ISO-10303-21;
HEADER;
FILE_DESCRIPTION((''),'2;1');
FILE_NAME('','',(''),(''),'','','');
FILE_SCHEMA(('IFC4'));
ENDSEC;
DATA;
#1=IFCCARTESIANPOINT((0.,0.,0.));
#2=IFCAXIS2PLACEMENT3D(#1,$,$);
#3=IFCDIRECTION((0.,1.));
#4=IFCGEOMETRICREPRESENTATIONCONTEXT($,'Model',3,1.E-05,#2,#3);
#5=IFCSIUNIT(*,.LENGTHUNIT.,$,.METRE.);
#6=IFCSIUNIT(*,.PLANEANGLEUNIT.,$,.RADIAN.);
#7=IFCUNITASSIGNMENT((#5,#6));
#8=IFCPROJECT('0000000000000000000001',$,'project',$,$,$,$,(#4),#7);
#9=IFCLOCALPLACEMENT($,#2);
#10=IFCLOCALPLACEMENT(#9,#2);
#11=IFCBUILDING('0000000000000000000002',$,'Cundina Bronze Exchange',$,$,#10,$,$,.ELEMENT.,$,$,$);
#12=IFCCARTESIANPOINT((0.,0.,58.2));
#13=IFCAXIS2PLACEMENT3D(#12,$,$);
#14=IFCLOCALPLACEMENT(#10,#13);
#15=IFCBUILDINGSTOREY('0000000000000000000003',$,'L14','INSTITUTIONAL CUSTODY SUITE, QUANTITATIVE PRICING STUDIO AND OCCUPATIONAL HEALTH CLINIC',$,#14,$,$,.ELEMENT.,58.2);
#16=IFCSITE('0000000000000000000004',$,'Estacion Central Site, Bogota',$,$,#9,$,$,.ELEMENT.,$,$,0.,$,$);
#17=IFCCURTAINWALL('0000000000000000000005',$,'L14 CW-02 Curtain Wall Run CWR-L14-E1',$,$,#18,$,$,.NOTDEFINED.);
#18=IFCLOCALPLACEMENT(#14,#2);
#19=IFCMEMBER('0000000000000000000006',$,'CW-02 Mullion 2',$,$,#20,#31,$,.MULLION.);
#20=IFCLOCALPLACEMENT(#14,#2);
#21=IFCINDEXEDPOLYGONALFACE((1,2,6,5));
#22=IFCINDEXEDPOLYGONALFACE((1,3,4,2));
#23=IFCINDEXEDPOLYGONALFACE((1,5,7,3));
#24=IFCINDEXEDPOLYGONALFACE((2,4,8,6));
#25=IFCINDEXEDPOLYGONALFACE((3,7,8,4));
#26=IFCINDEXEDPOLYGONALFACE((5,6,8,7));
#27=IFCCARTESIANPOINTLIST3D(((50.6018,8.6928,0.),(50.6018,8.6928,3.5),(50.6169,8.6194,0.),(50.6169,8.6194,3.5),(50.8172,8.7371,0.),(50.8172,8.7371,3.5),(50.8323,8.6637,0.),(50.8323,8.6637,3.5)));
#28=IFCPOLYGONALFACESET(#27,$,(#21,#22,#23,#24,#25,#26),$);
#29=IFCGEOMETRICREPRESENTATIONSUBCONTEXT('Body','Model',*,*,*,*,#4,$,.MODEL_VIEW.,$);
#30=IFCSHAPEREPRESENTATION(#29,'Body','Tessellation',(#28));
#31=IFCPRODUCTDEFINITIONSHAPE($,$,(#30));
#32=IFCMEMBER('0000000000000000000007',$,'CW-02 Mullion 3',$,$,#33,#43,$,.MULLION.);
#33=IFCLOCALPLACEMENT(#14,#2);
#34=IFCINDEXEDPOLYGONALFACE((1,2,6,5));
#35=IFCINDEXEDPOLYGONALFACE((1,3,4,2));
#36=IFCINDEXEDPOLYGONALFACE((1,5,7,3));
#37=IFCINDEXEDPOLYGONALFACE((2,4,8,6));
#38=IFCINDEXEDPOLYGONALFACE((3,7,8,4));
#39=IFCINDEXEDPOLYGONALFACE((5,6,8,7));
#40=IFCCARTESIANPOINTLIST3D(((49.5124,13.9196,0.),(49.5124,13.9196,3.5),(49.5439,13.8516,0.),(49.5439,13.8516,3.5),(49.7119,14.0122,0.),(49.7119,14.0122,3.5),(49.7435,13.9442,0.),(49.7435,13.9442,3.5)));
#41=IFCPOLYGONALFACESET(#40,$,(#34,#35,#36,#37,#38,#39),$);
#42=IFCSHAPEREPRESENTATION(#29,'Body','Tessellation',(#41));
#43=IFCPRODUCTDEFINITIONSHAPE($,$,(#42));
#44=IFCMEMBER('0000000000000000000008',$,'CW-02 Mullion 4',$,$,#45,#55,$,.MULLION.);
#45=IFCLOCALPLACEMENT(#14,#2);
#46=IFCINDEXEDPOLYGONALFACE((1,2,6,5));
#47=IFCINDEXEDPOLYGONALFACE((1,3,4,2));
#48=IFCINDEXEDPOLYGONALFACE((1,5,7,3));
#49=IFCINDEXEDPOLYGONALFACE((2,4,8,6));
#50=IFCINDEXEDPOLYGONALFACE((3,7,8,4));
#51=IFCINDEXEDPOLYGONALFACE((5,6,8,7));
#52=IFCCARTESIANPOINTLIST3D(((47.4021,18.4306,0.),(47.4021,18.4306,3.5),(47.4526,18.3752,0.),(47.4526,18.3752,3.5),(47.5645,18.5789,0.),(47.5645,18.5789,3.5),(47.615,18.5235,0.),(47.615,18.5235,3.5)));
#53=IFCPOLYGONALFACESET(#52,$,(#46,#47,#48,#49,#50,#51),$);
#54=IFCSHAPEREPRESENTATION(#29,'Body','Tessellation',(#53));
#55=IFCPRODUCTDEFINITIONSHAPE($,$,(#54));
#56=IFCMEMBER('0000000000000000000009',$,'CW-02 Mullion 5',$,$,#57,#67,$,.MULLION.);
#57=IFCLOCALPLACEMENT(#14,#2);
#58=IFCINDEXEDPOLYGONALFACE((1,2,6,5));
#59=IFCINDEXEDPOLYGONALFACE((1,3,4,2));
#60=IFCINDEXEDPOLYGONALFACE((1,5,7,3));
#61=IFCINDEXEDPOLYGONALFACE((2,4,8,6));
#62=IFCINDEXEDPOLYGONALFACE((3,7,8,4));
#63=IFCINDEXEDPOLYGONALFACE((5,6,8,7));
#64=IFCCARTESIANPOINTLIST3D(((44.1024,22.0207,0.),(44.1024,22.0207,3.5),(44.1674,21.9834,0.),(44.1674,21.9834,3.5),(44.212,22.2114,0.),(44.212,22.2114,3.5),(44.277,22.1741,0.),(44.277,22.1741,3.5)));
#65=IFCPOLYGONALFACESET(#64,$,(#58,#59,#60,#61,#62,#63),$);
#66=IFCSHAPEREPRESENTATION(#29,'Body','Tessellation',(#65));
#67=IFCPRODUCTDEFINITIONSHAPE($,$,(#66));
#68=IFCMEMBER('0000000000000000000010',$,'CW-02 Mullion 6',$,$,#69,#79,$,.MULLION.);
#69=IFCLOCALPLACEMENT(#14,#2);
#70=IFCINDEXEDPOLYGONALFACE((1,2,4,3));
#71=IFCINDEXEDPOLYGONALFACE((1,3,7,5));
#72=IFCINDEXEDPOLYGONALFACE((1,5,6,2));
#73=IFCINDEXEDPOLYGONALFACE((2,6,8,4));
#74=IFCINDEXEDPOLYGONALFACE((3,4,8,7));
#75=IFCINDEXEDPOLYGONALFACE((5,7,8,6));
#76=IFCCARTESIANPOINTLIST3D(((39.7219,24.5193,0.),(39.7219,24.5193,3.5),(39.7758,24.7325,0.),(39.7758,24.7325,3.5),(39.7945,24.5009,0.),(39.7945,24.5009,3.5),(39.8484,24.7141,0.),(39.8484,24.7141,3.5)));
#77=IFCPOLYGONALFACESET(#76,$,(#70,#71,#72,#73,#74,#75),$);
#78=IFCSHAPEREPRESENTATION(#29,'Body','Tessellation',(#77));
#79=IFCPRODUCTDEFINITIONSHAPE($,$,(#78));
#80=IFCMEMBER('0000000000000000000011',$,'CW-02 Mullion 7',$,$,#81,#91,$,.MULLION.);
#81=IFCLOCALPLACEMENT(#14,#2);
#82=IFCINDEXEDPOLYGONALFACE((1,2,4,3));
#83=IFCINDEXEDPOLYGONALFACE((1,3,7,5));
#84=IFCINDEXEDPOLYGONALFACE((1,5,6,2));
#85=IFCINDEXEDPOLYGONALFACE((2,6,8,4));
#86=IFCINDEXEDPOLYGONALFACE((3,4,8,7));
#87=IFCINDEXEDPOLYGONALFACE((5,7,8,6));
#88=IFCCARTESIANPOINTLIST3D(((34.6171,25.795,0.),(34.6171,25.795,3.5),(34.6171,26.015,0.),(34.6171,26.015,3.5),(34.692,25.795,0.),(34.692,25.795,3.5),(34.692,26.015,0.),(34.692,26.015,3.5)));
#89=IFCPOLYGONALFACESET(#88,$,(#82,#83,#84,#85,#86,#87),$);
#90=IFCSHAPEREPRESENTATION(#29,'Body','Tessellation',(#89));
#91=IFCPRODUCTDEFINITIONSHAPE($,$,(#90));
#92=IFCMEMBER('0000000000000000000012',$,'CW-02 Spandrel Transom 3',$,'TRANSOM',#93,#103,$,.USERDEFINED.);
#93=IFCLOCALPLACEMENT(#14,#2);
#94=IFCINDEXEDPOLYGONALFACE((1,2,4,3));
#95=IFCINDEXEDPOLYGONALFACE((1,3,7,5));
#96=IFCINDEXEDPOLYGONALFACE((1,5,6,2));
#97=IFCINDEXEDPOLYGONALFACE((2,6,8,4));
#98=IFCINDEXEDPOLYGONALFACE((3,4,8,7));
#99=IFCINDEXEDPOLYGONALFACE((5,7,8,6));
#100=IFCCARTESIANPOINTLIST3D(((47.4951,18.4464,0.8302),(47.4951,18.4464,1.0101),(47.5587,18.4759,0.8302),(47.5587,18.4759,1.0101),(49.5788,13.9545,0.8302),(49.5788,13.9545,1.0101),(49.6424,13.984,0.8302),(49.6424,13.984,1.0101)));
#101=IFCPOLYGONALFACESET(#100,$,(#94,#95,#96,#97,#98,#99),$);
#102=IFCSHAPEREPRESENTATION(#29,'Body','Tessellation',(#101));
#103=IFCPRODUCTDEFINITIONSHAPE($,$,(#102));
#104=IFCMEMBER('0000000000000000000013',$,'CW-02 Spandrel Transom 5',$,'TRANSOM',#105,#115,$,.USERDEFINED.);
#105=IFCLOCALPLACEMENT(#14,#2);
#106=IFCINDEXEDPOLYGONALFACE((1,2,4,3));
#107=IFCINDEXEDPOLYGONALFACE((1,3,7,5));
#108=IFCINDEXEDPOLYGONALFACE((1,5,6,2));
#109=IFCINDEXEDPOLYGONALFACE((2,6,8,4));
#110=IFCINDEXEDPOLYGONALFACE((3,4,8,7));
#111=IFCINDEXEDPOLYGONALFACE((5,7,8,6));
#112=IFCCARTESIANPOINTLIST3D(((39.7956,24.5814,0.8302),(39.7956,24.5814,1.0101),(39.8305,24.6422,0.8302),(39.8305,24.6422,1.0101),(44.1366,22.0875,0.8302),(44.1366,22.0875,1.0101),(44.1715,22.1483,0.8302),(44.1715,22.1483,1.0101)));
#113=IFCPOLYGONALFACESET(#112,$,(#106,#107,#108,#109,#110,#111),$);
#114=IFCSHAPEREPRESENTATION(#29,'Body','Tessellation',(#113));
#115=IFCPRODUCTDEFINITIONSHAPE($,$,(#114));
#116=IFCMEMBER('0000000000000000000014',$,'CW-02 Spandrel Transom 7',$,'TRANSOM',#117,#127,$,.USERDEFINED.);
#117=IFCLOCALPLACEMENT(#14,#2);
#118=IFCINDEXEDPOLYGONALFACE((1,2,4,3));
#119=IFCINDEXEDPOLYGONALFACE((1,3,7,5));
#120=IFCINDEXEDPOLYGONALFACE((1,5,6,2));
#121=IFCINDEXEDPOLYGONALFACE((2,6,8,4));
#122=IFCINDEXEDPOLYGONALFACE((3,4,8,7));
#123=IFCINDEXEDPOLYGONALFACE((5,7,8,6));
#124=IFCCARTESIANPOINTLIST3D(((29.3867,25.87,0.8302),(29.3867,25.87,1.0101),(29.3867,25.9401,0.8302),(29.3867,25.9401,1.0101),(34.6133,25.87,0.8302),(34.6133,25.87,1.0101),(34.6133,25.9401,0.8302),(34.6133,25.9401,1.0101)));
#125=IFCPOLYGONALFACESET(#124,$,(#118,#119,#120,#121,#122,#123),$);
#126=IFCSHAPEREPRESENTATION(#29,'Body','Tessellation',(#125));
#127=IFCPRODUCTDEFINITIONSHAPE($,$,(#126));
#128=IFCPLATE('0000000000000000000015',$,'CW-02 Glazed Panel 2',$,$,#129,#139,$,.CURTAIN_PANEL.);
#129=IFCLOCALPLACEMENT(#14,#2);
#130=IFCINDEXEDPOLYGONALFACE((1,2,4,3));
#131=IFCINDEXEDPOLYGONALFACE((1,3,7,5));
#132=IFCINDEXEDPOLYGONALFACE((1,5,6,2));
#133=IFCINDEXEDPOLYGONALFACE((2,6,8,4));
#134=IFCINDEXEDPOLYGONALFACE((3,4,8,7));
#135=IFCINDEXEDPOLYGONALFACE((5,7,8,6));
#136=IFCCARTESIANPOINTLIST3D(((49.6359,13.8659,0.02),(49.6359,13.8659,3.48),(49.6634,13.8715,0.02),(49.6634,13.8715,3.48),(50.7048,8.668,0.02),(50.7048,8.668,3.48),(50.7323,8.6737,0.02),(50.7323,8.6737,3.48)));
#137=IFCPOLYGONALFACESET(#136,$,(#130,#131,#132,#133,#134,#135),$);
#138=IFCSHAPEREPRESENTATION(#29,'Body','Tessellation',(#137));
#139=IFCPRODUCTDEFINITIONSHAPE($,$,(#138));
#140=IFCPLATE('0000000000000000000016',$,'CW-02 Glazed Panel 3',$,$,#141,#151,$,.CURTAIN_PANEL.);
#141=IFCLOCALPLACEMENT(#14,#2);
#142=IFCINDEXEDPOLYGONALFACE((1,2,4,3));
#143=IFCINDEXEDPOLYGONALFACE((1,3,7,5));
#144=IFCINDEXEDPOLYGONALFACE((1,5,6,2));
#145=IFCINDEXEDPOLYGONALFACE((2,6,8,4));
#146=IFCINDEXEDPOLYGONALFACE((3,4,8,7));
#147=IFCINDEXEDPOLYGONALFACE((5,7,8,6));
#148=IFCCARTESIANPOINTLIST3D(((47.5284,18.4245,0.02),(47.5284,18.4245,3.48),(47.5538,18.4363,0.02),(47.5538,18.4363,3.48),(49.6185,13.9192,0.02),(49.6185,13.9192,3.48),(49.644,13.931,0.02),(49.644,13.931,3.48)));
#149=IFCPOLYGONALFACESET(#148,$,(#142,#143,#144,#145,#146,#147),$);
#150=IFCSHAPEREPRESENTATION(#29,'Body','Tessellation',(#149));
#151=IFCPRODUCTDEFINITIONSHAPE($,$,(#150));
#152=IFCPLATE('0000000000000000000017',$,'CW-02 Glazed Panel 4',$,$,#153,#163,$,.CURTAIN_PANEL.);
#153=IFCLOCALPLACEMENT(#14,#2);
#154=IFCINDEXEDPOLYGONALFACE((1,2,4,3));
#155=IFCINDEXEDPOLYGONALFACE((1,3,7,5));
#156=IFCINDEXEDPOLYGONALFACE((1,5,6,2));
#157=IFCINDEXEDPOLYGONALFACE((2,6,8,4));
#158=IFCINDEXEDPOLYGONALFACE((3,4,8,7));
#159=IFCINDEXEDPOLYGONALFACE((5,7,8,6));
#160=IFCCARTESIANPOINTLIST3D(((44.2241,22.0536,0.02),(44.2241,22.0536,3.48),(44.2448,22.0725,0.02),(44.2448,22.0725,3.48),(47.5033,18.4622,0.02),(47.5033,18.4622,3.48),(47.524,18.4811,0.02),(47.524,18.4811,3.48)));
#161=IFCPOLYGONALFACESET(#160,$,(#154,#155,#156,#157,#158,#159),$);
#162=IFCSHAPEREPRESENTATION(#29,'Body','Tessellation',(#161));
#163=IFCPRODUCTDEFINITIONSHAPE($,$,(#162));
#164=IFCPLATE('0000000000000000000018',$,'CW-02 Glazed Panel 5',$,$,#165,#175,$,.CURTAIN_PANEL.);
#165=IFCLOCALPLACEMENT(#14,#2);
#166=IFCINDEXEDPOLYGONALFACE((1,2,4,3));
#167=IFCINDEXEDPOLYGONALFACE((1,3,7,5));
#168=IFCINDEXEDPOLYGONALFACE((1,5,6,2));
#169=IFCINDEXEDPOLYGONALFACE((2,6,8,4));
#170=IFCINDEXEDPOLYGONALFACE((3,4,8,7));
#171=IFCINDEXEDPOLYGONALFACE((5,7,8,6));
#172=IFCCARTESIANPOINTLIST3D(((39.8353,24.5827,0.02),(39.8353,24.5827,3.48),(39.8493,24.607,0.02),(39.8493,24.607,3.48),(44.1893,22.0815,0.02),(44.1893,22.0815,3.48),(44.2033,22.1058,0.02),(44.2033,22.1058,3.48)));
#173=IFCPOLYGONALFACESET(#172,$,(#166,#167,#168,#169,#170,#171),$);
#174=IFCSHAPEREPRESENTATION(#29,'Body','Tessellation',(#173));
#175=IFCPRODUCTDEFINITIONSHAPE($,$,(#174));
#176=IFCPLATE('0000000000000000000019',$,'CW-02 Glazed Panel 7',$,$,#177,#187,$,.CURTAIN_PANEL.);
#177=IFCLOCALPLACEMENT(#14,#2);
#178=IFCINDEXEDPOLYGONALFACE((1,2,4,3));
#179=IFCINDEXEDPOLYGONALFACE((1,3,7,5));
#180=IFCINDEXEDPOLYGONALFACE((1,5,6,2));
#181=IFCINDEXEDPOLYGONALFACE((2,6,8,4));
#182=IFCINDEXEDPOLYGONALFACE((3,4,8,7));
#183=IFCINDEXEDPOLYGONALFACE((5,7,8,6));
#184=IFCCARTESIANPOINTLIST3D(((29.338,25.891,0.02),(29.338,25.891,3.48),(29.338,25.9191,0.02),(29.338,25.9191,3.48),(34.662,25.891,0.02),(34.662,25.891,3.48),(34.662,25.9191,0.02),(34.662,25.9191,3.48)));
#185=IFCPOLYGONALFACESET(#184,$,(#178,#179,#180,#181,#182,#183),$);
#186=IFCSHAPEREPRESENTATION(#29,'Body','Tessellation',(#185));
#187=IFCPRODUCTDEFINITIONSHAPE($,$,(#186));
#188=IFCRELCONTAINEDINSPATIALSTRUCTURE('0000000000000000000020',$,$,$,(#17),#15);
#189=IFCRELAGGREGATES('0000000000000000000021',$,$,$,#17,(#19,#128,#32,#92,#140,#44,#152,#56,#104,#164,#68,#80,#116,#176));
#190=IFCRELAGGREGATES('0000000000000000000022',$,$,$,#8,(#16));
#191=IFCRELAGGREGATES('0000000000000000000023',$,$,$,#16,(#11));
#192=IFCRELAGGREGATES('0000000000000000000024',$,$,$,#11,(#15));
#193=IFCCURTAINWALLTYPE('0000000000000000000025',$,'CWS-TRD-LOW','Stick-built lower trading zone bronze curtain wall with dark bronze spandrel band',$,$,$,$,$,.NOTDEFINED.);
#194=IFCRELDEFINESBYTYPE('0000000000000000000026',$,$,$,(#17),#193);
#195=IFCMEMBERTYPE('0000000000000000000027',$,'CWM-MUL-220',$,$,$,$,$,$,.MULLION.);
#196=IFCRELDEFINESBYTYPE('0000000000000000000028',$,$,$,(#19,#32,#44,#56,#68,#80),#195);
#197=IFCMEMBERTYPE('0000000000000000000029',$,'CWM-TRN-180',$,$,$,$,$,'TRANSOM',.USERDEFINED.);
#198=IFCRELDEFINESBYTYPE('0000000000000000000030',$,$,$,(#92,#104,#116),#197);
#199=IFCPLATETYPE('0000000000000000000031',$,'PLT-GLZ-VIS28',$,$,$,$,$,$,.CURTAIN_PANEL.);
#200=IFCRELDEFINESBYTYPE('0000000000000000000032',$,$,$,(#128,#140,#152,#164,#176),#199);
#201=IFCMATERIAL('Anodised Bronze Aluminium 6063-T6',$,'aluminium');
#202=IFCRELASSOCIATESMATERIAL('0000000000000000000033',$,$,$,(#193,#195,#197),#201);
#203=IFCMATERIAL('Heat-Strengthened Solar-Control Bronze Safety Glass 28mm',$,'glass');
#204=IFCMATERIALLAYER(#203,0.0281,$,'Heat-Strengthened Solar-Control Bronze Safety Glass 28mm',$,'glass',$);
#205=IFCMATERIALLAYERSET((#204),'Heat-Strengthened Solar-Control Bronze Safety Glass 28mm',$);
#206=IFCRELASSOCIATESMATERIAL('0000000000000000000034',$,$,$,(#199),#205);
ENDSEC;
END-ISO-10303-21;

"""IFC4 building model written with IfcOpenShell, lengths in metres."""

from ifc_helpers import new_model, si_unit, direction, frame, origin, origin_2d, place, context, subcontext, project, spatial, rectangle, extrude, material, layer, layer_set, material_profile, profile_set, type_object, element, aggregate, save


model = new_model("IFC4")

# Units and contexts
model_context = context("Model", 3, precision=1e-05, world=origin(), true_north=direction((0.0, 1.0)))
body_context = subcontext(model_context, "Body", "Model", "MODEL_VIEW")
ifc_project = project(units=[si_unit("LENGTHUNIT", "METRE"), si_unit("PLANEANGLEUNIT", "RADIAN")], contexts=[model_context])

# Site, building, storey
site_placement = place(None, origin())
site = spatial("IfcSite", under=ifc_project, at=site_placement, Name="Estacion Central Site, Bogota", CompositionType="ELEMENT", RefElevation=0.0)
building_placement = place(site_placement, origin())
building = spatial("IfcBuilding", under=site, at=building_placement, Name="Cundina Bronze Exchange", CompositionType="ELEMENT")
storey_placement = place(building_placement, frame((0.0, 0.0, 58.2)))
storey = spatial("IfcBuildingStorey", under=building, at=storey_placement, Name="L14", Description="INSTITUTIONAL CUSTODY SUITE, QUANTITATIVE PRICING STUDIO AND OCCUPATIONAL HEALTH CLINIC", CompositionType="ELEMENT", Elevation=58.2)

# Curtain wall, members, plates
ifc_material_1 = material(Name="Anodised Bronze Aluminium 6063-T6", Category="aluminium")
curtain_wall_type = type_object("IfcCurtainWallType", Name="CWS-TRD-LOW", Description="Stick-built lower trading zone bronze curtain wall with dark bronze spandrel band", PredefinedType="NOTDEFINED", material=ifc_material_1)
curtain_wall_placement = place(storey_placement, origin())
curtain_wall = element("IfcCurtainWall", 1, at=curtain_wall_placement, inside=storey, type_object=curtain_wall_type, Name="L14 CW-02 Curtain Wall Run CWR-L14-E1", PredefinedType="NOTDEFINED")
ifc_material_profile_1 = material_profile(ifc_material_1, rectangle(XDim=0.075, YDim=0.22, at=origin_2d()), Name="AL75X220", Category="aluminium")
ifc_profile_set_1 = profile_set([ifc_material_profile_1], Name="Anodised Bronze Aluminium 6063-T6")
member_type_1 = type_object("IfcMemberType", Name="CWM-MUL-220", PredefinedType="MULLION", material=ifc_profile_set_1)
member_1_placement = place(storey_placement, frame((50.717, 8.6782, 0.0), z_axis=(0.0, 0.0, 1.0), x_axis=(-0.20142, 0.979505, 0.0)))
member_1 = element("IfcMember", 2, at=member_1_placement, type_object=member_type_1, Name="CW-02 Mullion 2", PredefinedType="MULLION", context=body_context, shape_type="SweptSolid", body=[
    extrude(rectangle(XDim=0.075, YDim=0.22, at=origin_2d()), origin(), (0.0, 0.0, 1.0), 3.5),
])
member_2_placement = place(storey_placement, frame((49.6279, 13.9319, 0.0), z_axis=(0.0, 0.0, 1.0), x_axis=(-0.420877, 0.907117, 0.0)))
member_2 = element("IfcMember", 3, at=member_2_placement, type_object=member_type_1, Name="CW-02 Mullion 3", PredefinedType="MULLION", context=body_context, shape_type="SweptSolid", body=[
    extrude(rectangle(XDim=0.075, YDim=0.22, at=origin_2d()), origin(), (0.0, 0.0, 1.0), 3.5),
])
member_3_placement = place(storey_placement, frame((47.5085, 18.4771, 0.0), z_axis=(0.0, 0.0, 1.0), x_axis=(-0.674302, 0.738455, 0.0)))
member_3 = element("IfcMember", 4, at=member_3_placement, type_object=member_type_1, Name="CW-02 Mullion 4", PredefinedType="MULLION", context=body_context, shape_type="SweptSolid", body=[
    extrude(rectangle(XDim=0.075, YDim=0.22, at=origin_2d()), origin(), (0.0, 0.0, 1.0), 3.5),
])
member_4_placement = place(storey_placement, frame((44.1897, 22.0974, 0.0), z_axis=(0.0, 0.0, 1.0), x_axis=(-0.867071, 0.498185, 0.0)))
member_4 = element("IfcMember", 5, at=member_4_placement, type_object=member_type_1, Name="CW-02 Mullion 5", PredefinedType="MULLION", context=body_context, shape_type="SweptSolid", body=[
    extrude(rectangle(XDim=0.075, YDim=0.22, at=origin_2d()), origin(), (0.0, 0.0, 1.0), 3.5),
])
member_5_placement = place(storey_placement, frame((39.7852, 24.6167, 0.0), z_axis=(0.0, 0.0, 1.0), x_axis=(-0.969488, 0.245138, 0.0)))
member_5 = element("IfcMember", 6, at=member_5_placement, type_object=member_type_1, Name="CW-02 Mullion 6", PredefinedType="MULLION", context=body_context, shape_type="SweptSolid", body=[
    extrude(rectangle(XDim=0.075, YDim=0.22, at=origin_2d()), origin(), (0.0, 0.0, 1.0), 3.5),
])
member_6_placement = place(storey_placement, frame((34.6545, 25.905, 0.0), z_axis=(0.0, 0.0, 1.0), x_axis=(-1.0, 0.0, 0.0)))
member_6 = element("IfcMember", 7, at=member_6_placement, type_object=member_type_1, Name="CW-02 Mullion 7", PredefinedType="MULLION", context=body_context, shape_type="SweptSolid", body=[
    extrude(rectangle(XDim=0.075, YDim=0.22, at=origin_2d()), origin(), (0.0, 0.0, 1.0), 3.5),
])
ifc_material_profile_2 = material_profile(ifc_material_1, rectangle(XDim=0.0701, YDim=0.1799, at=origin_2d()), Name="AL70X180", Category="aluminium")
ifc_profile_set_2 = profile_set([ifc_material_profile_2], Name="Anodised Bronze Aluminium 6063-T6")
member_type_2 = type_object("IfcMemberType", Name="CWM-TRN-180", ElementType="TRANSOM", PredefinedType="USERDEFINED", material=ifc_profile_set_2)
member_7_placement = place(storey_placement, frame((49.6106, 13.9692, 0.9202), z_axis=(-0.420811, 0.907148, 0.0), x_axis=(-0.907148, -0.420811, 0.0)))
member_7 = element("IfcMember", 8, at=member_7_placement, type_object=member_type_2, Name="CW-02 Spandrel Transom 3", ObjectType="TRANSOM", PredefinedType="USERDEFINED", context=body_context, shape_type="SweptSolid", body=[
    extrude(rectangle(XDim=0.0701, YDim=0.1799, at=origin_2d()), origin(), (0.0, 0.0, 1.0), 4.9517),
])
member_8_placement = place(storey_placement, frame((44.1541, 22.1179, 0.9202), z_axis=(-0.867097, 0.498139, 0.0), x_axis=(-0.498139, -0.867097, 0.0)))
member_8 = element("IfcMember", 9, at=member_8_placement, type_object=member_type_2, Name="CW-02 Spandrel Transom 5", ObjectType="TRANSOM", PredefinedType="USERDEFINED", context=body_context, shape_type="SweptSolid", body=[
    extrude(rectangle(XDim=0.0701, YDim=0.1799, at=origin_2d()), origin(), (0.0, 0.0, 1.0), 5.0063),
])
member_9_placement = place(storey_placement, frame((34.6133, 25.905, 0.9202), z_axis=(-1.0, 0.0, 0.0), x_axis=(0.0, -1.0, 0.0)))
member_9 = element("IfcMember", 10, at=member_9_placement, type_object=member_type_2, Name="CW-02 Spandrel Transom 7", ObjectType="TRANSOM", PredefinedType="USERDEFINED", context=body_context, shape_type="SweptSolid", body=[
    extrude(rectangle(XDim=0.0701, YDim=0.1799, at=origin_2d()), origin(), (0.0, 0.0, 1.0), 5.2266),
])
ifc_material_2 = material(Name="Heat-Strengthened Solar-Control Bronze Safety Glass 28mm", Category="glass")
ifc_layer_1 = layer(ifc_material_2, 0.0281, Name="Heat-Strengthened Solar-Control Bronze Safety Glass 28mm", Category="glass")
ifc_layer_set_1 = layer_set([ifc_layer_1], Name="Heat-Strengthened Solar-Control Bronze Safety Glass 28mm")
plate_type_1 = type_object("IfcPlateType", Name="PLT-GLZ-VIS28", PredefinedType="CURTAIN_PANEL", material=ifc_layer_set_1)
plate_1_placement = place(storey_placement, frame((50.1841, 11.2698, 0.02), z_axis=(0.0, 0.0, 1.0), x_axis=(-0.20142, 0.979505, 0.0)))
plate_1 = element("IfcPlate", 11, at=plate_1_placement, type_object=plate_type_1, Name="CW-02 Glazed Panel 2", PredefinedType="CURTAIN_PANEL", context=body_context, shape_type="SweptSolid", body=[
    extrude(rectangle(XDim=5.3066, YDim=0.0281, at=origin_2d()), origin(), (0.0, 0.0, 1.0), 3.46),
])
plate_2_placement = place(storey_placement, frame((48.5862, 16.1777, 0.02), z_axis=(0.0, 0.0, 1.0), x_axis=(-0.420846, 0.907132, 0.0)))
plate_2 = element("IfcPlate", 12, at=plate_2_placement, type_object=plate_type_1, Name="CW-02 Glazed Panel 3", PredefinedType="CURTAIN_PANEL", context=body_context, shape_type="SweptSolid", body=[
    extrude(rectangle(XDim=4.9666, YDim=0.0281, at=origin_2d()), origin(), (0.0, 0.0, 1.0), 3.46),
])
plate_3_placement = place(storey_placement, frame((45.874, 20.2673, 0.02), z_axis=(0.0, 0.0, 1.0), x_axis=(-0.674277, 0.738479, 0.0)))
plate_3 = element("IfcPlate", 13, at=plate_3_placement, type_object=plate_type_1, Name="CW-02 Glazed Panel 4", PredefinedType="CURTAIN_PANEL", context=body_context, shape_type="SweptSolid", body=[
    extrude(rectangle(XDim=4.8633, YDim=0.0281, at=origin_2d()), origin(), (0.0, 0.0, 1.0), 3.46),
])
plate_4_placement = place(storey_placement, frame((42.0193, 23.3442, 0.02), z_axis=(0.0, 0.0, 1.0), x_axis=(-0.867105, 0.498125, 0.0)))
plate_4 = element("IfcPlate", 14, at=plate_4_placement, type_object=plate_type_1, Name="CW-02 Glazed Panel 5", PredefinedType="CURTAIN_PANEL", context=body_context, shape_type="SweptSolid", body=[
    extrude(rectangle(XDim=5.0212, YDim=0.0281, at=origin_2d()), origin(), (0.0, 0.0, 1.0), 3.46),
])
plate_5_placement = place(storey_placement, frame((32.0, 25.905, 0.02), z_axis=(0.0, 0.0, 1.0), x_axis=(-1.0, 0.0, 0.0)))
plate_5 = element("IfcPlate", 15, at=plate_5_placement, type_object=plate_type_1, Name="CW-02 Glazed Panel 7", PredefinedType="CURTAIN_PANEL", context=body_context, shape_type="SweptSolid", body=[
    extrude(rectangle(XDim=5.324, YDim=0.0281, at=origin_2d()), origin(), (0.0, 0.0, 1.0), 3.46),
])
aggregate(curtain_wall, [member_1, plate_1, member_2, member_7, plate_2, member_3, plate_3, member_4, member_8, plate_4, member_5, member_6, member_9, plate_5])

save(model, "model.ifc")
